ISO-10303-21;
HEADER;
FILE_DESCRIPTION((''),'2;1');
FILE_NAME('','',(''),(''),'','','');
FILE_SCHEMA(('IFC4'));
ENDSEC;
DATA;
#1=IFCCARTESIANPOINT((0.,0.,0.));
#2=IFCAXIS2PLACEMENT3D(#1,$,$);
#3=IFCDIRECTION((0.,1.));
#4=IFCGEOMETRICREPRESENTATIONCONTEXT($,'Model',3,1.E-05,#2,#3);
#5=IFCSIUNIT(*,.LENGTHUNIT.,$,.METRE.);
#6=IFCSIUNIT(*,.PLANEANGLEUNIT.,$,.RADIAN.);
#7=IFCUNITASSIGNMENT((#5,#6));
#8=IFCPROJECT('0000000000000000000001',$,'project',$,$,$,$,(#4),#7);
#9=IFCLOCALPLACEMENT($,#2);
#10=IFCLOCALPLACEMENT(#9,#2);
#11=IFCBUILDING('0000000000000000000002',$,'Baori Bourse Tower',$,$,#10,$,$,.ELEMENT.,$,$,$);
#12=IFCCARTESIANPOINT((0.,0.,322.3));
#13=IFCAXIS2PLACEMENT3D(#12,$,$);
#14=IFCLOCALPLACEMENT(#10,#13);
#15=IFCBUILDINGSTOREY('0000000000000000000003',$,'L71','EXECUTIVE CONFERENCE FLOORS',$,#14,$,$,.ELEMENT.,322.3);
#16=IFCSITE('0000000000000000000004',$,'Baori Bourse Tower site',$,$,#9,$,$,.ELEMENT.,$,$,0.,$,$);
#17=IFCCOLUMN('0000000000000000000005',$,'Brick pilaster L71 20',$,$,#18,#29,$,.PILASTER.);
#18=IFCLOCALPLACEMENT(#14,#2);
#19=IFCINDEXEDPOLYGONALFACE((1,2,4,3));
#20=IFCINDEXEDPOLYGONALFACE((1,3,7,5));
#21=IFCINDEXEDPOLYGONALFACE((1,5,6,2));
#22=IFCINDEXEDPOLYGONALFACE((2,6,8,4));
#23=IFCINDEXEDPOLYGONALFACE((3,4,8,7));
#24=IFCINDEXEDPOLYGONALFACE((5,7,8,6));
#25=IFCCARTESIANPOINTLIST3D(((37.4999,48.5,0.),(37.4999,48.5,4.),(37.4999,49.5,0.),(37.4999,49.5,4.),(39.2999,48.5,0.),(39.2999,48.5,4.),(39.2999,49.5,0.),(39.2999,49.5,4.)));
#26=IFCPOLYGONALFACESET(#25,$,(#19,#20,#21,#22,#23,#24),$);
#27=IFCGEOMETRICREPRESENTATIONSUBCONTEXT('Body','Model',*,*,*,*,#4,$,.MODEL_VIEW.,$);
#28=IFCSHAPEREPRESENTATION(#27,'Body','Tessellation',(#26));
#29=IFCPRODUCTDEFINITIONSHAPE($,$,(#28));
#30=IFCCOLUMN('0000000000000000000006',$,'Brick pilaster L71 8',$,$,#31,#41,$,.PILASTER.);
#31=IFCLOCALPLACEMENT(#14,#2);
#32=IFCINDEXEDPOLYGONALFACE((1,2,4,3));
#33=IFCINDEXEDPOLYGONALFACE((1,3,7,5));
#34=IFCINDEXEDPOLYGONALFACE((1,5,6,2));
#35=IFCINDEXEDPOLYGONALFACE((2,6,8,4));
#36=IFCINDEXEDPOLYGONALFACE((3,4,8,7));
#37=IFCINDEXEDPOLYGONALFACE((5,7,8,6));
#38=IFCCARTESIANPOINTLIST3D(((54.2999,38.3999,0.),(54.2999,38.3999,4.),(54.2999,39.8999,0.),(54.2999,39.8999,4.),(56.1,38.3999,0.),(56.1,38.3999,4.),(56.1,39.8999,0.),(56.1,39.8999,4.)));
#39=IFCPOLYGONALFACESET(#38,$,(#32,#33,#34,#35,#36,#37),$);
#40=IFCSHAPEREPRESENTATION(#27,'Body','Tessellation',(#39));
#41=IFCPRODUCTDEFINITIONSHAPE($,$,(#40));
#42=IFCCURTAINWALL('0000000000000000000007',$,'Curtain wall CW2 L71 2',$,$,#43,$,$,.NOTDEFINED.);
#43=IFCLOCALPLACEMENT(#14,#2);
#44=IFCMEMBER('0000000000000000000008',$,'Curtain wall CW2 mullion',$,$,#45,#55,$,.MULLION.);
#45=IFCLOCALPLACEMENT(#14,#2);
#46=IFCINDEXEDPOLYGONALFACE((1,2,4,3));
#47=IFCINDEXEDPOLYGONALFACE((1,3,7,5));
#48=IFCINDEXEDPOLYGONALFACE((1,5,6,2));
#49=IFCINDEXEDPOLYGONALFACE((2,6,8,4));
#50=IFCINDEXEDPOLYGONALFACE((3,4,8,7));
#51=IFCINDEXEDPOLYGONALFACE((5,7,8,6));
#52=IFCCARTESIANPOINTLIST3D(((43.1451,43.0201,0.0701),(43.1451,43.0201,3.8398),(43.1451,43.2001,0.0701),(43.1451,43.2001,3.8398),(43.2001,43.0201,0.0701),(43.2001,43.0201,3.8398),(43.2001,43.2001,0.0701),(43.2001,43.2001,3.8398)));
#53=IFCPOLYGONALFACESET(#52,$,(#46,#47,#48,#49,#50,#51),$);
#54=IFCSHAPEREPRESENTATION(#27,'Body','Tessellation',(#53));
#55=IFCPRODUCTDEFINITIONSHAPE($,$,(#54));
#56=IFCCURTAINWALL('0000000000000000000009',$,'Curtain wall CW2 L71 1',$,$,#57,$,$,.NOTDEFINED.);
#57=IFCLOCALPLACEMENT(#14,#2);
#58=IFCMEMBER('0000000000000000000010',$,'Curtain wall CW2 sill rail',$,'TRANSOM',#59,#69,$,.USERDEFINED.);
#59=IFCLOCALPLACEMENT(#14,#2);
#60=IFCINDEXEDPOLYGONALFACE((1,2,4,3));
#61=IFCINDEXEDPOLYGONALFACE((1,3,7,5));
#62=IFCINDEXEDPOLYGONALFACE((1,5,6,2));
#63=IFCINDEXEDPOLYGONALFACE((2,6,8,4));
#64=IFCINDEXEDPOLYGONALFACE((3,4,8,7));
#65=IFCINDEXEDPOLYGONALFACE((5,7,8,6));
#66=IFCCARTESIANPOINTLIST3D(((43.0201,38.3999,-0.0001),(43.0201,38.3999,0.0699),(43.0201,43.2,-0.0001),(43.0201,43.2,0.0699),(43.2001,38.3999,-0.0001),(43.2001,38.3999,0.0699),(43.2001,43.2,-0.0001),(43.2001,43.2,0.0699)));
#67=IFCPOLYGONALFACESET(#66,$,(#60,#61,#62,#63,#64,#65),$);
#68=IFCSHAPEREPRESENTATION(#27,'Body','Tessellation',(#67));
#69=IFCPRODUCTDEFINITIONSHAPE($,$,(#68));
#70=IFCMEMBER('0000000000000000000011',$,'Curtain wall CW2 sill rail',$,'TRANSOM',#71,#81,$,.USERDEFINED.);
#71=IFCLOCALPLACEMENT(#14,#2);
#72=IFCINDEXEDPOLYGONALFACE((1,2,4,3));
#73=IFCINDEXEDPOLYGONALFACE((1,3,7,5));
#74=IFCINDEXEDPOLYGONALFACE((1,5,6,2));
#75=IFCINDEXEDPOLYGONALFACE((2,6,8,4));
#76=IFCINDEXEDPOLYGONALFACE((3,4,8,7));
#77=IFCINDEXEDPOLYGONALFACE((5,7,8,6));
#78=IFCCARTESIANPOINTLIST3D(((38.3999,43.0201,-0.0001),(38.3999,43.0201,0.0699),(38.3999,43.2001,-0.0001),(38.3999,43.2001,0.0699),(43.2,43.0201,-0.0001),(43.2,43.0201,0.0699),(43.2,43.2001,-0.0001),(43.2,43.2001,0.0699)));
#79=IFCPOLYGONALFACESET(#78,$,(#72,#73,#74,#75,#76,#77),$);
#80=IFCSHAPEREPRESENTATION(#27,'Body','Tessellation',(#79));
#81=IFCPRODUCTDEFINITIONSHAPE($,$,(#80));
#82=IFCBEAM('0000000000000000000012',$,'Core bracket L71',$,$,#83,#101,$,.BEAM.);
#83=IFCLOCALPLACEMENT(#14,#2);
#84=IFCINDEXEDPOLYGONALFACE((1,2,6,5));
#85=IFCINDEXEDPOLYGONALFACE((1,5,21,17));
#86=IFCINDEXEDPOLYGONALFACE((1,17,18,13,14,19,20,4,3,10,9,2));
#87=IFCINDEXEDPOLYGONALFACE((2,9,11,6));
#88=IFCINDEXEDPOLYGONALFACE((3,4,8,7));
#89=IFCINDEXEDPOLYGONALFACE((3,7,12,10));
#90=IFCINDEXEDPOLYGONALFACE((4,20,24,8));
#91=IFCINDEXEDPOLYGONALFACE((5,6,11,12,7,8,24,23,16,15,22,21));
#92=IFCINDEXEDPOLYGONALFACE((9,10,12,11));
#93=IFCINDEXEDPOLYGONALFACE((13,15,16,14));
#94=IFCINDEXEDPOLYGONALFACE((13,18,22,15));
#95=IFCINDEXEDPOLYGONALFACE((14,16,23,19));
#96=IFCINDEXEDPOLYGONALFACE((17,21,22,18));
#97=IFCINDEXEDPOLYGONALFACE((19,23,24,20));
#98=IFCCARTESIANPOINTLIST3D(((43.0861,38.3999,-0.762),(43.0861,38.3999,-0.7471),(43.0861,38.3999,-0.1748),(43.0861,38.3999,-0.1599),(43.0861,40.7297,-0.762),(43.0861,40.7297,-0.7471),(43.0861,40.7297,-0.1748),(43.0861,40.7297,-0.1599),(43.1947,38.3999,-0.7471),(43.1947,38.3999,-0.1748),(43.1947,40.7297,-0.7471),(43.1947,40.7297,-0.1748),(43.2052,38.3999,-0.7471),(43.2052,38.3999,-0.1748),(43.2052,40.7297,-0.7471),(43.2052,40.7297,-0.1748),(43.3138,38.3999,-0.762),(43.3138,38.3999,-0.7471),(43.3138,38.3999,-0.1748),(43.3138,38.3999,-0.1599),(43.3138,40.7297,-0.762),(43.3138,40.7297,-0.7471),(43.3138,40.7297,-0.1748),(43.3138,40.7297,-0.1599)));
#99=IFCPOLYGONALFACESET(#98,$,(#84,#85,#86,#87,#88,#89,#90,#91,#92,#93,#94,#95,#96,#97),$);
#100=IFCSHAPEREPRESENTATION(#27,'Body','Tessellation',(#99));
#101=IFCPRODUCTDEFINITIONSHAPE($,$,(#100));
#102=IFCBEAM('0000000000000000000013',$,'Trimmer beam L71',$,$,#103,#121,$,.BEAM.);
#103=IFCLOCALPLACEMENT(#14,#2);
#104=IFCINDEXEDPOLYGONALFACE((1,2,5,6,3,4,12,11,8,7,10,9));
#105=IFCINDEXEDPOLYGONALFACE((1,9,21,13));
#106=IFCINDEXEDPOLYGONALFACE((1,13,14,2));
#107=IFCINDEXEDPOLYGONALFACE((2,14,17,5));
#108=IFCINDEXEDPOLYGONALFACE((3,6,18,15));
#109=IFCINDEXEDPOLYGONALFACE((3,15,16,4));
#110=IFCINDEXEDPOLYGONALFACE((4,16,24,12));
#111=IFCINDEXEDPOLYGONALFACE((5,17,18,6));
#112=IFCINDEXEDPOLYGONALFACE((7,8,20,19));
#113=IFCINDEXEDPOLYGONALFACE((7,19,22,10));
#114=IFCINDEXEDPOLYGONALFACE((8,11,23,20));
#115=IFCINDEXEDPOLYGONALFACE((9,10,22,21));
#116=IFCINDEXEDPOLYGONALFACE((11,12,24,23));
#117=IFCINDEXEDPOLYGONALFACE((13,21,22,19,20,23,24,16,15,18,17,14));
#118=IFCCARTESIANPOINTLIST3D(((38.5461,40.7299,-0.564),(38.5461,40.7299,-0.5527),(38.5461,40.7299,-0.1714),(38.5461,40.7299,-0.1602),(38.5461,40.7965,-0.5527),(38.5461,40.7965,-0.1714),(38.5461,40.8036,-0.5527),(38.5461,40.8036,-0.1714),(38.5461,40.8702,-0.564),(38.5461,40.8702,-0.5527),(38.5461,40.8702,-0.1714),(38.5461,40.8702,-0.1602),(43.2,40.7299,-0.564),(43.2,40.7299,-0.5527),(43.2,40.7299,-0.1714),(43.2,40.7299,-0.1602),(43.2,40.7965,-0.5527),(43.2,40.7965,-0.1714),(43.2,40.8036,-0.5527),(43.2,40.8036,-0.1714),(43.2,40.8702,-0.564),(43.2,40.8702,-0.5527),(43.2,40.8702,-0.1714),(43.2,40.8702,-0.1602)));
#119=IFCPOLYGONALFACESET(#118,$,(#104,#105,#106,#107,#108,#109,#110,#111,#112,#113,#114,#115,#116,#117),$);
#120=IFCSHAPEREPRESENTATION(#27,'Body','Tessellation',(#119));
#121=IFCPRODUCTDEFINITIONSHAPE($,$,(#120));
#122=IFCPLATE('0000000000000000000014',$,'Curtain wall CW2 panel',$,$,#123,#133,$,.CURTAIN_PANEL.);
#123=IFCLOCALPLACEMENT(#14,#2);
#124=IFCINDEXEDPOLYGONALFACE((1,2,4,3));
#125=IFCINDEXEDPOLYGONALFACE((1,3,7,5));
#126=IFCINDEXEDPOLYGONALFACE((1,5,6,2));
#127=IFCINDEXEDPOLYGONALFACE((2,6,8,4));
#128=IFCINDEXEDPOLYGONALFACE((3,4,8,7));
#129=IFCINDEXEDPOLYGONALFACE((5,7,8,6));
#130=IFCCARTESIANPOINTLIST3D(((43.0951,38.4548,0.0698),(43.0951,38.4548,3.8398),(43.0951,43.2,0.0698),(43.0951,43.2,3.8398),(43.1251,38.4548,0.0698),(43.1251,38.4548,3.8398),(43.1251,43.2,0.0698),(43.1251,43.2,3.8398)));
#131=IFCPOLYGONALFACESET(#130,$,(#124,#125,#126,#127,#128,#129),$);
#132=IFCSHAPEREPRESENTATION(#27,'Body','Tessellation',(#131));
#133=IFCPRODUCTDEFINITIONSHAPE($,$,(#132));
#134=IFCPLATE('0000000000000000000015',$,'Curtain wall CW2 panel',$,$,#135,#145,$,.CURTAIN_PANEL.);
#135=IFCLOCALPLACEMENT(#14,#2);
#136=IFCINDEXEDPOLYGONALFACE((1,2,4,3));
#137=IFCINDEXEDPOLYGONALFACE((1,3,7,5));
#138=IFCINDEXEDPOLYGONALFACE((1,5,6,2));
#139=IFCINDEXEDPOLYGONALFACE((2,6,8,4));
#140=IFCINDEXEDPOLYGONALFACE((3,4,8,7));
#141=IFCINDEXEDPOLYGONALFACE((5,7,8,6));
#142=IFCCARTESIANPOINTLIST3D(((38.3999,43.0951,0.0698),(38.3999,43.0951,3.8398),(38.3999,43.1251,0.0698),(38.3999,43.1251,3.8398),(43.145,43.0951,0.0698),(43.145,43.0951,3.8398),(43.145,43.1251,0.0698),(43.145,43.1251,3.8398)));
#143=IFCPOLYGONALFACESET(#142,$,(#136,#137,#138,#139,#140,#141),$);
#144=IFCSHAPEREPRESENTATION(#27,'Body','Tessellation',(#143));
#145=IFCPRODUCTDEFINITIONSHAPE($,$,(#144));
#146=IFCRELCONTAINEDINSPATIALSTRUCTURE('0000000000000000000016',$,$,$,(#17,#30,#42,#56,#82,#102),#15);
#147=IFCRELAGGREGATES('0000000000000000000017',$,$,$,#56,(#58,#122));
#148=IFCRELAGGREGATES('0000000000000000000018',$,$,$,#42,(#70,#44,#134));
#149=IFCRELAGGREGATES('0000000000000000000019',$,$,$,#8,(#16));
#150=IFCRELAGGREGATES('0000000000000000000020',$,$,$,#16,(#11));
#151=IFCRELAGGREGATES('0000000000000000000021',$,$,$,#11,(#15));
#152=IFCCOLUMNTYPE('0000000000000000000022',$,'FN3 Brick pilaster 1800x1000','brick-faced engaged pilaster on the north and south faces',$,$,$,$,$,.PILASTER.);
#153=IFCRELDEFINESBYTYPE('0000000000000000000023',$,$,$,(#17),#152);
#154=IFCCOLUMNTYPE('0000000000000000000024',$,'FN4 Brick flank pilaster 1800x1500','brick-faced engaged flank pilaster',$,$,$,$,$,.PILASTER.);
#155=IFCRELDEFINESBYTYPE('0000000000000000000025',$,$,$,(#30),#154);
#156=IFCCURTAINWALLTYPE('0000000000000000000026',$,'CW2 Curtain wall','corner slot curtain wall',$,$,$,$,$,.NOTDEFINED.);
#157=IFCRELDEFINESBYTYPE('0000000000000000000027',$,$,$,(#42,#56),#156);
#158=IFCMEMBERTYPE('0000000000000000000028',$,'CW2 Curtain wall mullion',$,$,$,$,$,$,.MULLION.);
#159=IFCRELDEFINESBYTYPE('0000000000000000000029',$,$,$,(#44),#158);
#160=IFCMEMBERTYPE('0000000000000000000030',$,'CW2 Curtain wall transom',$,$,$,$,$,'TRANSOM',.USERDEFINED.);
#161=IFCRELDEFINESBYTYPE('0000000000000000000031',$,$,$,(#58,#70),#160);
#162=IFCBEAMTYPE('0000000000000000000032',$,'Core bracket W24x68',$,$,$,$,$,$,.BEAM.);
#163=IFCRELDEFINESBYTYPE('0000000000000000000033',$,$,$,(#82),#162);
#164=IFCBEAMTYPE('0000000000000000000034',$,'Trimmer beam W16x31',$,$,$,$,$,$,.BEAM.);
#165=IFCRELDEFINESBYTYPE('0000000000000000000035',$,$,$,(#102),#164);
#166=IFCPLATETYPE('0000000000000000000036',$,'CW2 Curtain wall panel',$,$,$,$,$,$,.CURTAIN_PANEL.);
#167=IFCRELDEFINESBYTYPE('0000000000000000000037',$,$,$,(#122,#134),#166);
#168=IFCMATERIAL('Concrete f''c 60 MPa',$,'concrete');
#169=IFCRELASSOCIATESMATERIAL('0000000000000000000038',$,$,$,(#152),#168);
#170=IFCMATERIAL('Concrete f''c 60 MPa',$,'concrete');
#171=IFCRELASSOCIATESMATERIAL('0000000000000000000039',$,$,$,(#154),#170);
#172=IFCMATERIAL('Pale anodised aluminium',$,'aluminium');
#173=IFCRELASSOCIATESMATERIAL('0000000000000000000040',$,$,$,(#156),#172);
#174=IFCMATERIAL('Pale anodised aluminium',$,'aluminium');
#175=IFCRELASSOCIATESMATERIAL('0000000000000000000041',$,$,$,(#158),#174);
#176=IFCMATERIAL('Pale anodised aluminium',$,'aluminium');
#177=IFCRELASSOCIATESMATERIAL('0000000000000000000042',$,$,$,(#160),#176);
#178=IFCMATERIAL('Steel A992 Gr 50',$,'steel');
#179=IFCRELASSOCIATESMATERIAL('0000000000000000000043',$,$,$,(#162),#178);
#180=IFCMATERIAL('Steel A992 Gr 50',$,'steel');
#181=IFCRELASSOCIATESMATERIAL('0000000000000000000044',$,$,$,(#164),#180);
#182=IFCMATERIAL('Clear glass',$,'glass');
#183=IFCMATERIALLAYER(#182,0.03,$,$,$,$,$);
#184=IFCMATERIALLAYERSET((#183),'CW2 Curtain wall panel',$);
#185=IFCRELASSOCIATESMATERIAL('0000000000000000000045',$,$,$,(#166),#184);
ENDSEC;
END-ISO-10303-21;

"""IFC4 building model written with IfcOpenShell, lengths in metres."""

from ifc_helpers import new_model, si_unit, direction, frame, origin, origin_2d, place, context, subcontext, project, spatial, rectangle, i_section, extrude, material, layer, layer_set, material_profile, profile_set, type_object, element, aggregate, save


model = new_model("IFC4")

# Units and contexts
model_context = context("Model", 3, precision=1e-05, world=origin(), true_north=direction((0.0, 1.0)))
body_context = subcontext(model_context, "Body", "Model", "MODEL_VIEW")
ifc_project = project(units=[si_unit("LENGTHUNIT", "METRE"), si_unit("PLANEANGLEUNIT", "RADIAN")], contexts=[model_context])

# Site, building, storey
site_placement = place(None, origin())
site = spatial("IfcSite", under=ifc_project, at=site_placement, Name="Baori Bourse Tower site", CompositionType="ELEMENT", RefElevation=0.0)
building_placement = place(site_placement, origin())
building = spatial("IfcBuilding", under=site, at=building_placement, Name="Baori Bourse Tower", CompositionType="ELEMENT")
storey_placement = place(building_placement, frame((0.0, 0.0, 322.3)))
storey = spatial("IfcBuildingStorey", under=building, at=storey_placement, Name="L71", Description="EXECUTIVE CONFERENCE FLOORS", CompositionType="ELEMENT", Elevation=322.3)

# Columns
ifc_material_1 = material(Name="Concrete f'c 60 MPa", Category="concrete")
ifc_material_profile_1 = material_profile(ifc_material_1, rectangle(XDim=1.8, YDim=1.0, at=origin_2d()), Name="RC 1800x1000")
ifc_profile_set_1 = profile_set([ifc_material_profile_1], Name="Concrete f'c 60 MPa")
column_type_1 = type_object("IfcColumnType", Name="FN3 Brick pilaster 1800x1000", Description="brick-faced engaged pilaster on the north and south faces", PredefinedType="PILASTER", material=ifc_profile_set_1)
column_1_placement = place(storey_placement, frame((38.3999, 49.0, 0.0), z_axis=(0.0, 0.0, 1.0), x_axis=(1.0, 0.0, 0.0)))
element("IfcColumn", 1, at=column_1_placement, inside=storey, type_object=column_type_1, Name="Brick pilaster L71 20", PredefinedType="PILASTER", context=body_context, shape_type="SweptSolid", body=[
    extrude(rectangle(XDim=1.8, YDim=1.0, at=origin_2d()), origin(), (0.0, 0.0, 1.0), 4.0),
])
ifc_material_2 = material(Name="Concrete f'c 60 MPa", Category="concrete")
ifc_material_profile_2 = material_profile(ifc_material_2, rectangle(XDim=1.8, YDim=1.5, at=origin_2d()), Name="RC 1800x1500")
ifc_profile_set_2 = profile_set([ifc_material_profile_2], Name="Concrete f'c 60 MPa")
column_type_2 = type_object("IfcColumnType", Name="FN4 Brick flank pilaster 1800x1500", Description="brick-faced engaged flank pilaster", PredefinedType="PILASTER", material=ifc_profile_set_2)
column_2_placement = place(storey_placement, frame((55.2, 39.1499, 0.0), z_axis=(0.0, 0.0, 1.0), x_axis=(1.0, 0.0, 0.0)))
element("IfcColumn", 2, at=column_2_placement, inside=storey, type_object=column_type_2, Name="Brick pilaster L71 8", PredefinedType="PILASTER", context=body_context, shape_type="SweptSolid", body=[
    extrude(rectangle(XDim=1.8, YDim=1.5, at=origin_2d()), origin(), (0.0, 0.0, 1.0), 4.0),
])

# Curtain walls, members
ifc_material_3 = material(Name="Pale anodised aluminium", Category="aluminium")
curtain_wall_type = type_object("IfcCurtainWallType", Name="CW2 Curtain wall", Description="corner slot curtain wall", PredefinedType="NOTDEFINED", material=ifc_material_3)
curtain_wall_1_placement = place(storey_placement, origin())
curtain_wall_1 = element("IfcCurtainWall", 3, at=curtain_wall_1_placement, inside=storey, type_object=curtain_wall_type, Name="Curtain wall CW2 L71 2", PredefinedType="NOTDEFINED")
ifc_material_4 = material(Name="Pale anodised aluminium", Category="aluminium")
ifc_material_profile_3 = material_profile(ifc_material_4, rectangle(XDim=0.1799, YDim=0.0549, at=origin_2d()), Name="Mullion 55x180")
ifc_profile_set_3 = profile_set([ifc_material_profile_3], Name="Pale anodised aluminium")
member_type_1 = type_object("IfcMemberType", Name="CW2 Curtain wall mullion", PredefinedType="MULLION", material=ifc_profile_set_3)
member_1_placement = place(storey_placement, frame((43.1726, 43.1101, 0.0701), z_axis=(0.0, 0.0, 1.0), x_axis=(0.0, -1.0, 0.0)))
member_1 = element("IfcMember", 4, at=member_1_placement, type_object=member_type_1, Name="Curtain wall CW2 mullion", PredefinedType="MULLION", context=body_context, shape_type="SweptSolid", body=[
    extrude(rectangle(XDim=0.1799, YDim=0.0549, at=origin_2d()), origin(), (0.0, 0.0, 1.0), 3.7698),
])
curtain_wall_2_placement = place(storey_placement, origin())
curtain_wall_2 = element("IfcCurtainWall", 5, at=curtain_wall_2_placement, inside=storey, type_object=curtain_wall_type, Name="Curtain wall CW2 L71 1", PredefinedType="NOTDEFINED")
ifc_material_5 = material(Name="Pale anodised aluminium", Category="aluminium")
ifc_material_profile_4 = material_profile(ifc_material_5, rectangle(XDim=0.1799, YDim=0.0701, at=origin_2d()), Name="Transom 70x180")
ifc_profile_set_4 = profile_set([ifc_material_profile_4], Name="Pale anodised aluminium")
member_type_2 = type_object("IfcMemberType", Name="CW2 Curtain wall transom", ElementType="TRANSOM", PredefinedType="USERDEFINED", material=ifc_profile_set_4)
member_2_placement = place(storey_placement, frame((43.1101, 38.3999, 0.0349), z_axis=(0.0, 1.0, 0.0), x_axis=(-1.0, 0.0, 0.0)))
member_2 = element("IfcMember", 6, at=member_2_placement, type_object=member_type_2, Name="Curtain wall CW2 sill rail", ObjectType="TRANSOM", PredefinedType="USERDEFINED", context=body_context, shape_type="SweptSolid", body=[
    extrude(rectangle(XDim=0.1799, YDim=0.0701, at=origin_2d()), origin(), (0.0, 0.0, 1.0), 4.8),
])

# Member
member_3_placement = place(storey_placement, frame((43.2, 43.1101, 0.0349), z_axis=(-1.0, 0.0, 0.0), x_axis=(0.0, -1.0, 0.0)))
member_3 = element("IfcMember", 7, at=member_3_placement, type_object=member_type_2, Name="Curtain wall CW2 sill rail", ObjectType="TRANSOM", PredefinedType="USERDEFINED", context=body_context, shape_type="SweptSolid", body=[
    extrude(rectangle(XDim=0.1799, YDim=0.0701, at=origin_2d()), origin(), (0.0, 0.0, 1.0), 4.8),
])

# Beams
ifc_material_6 = material(Name="Steel A992 Gr 50", Category="steel")
ifc_material_profile_5 = material_profile(ifc_material_6, i_section(OverallWidth=0.2278, OverallDepth=0.6021, WebThickness=0.0105, FlangeThickness=0.0149, at=origin_2d()), Name="W24x68")
ifc_profile_set_5 = profile_set([ifc_material_profile_5], Name="Steel A992 Gr 50")
beam_type_1 = type_object("IfcBeamType", Name="Core bracket W24x68", PredefinedType="BEAM", material=ifc_profile_set_5)
beam_1_placement = place(storey_placement, frame((43.2, 38.3999, -0.4609), z_axis=(0.0, 1.0, 0.0), x_axis=(-1.0, 0.0, 0.0)))
element("IfcBeam", 8, at=beam_1_placement, inside=storey, type_object=beam_type_1, Name="Core bracket L71", PredefinedType="BEAM", context=body_context, shape_type="SweptSolid", body=[
    extrude(i_section(OverallWidth=0.2278, OverallDepth=0.6021, WebThickness=0.0105, FlangeThickness=0.0149, at=origin_2d()), origin(), (0.0, 0.0, 1.0), 2.3298),
])
ifc_material_7 = material(Name="Steel A992 Gr 50", Category="steel")
ifc_material_profile_6 = material_profile(ifc_material_7, i_section(OverallWidth=0.1404, OverallDepth=0.4038, WebThickness=0.0071, FlangeThickness=0.0112, at=origin_2d()), Name="W16x31")
ifc_profile_set_6 = profile_set([ifc_material_profile_6], Name="Steel A992 Gr 50")
beam_type_2 = type_object("IfcBeamType", Name="Trimmer beam W16x31", PredefinedType="BEAM", material=ifc_profile_set_6)
beam_2_placement = place(storey_placement, frame((38.5461, 40.8, -0.3621), z_axis=(1.0, 0.0, 0.0), x_axis=(0.0, 1.0, 0.0)))
element("IfcBeam", 9, at=beam_2_placement, inside=storey, type_object=beam_type_2, Name="Trimmer beam L71", PredefinedType="BEAM", context=body_context, shape_type="SweptSolid", body=[
    extrude(i_section(OverallWidth=0.1404, OverallDepth=0.4038, WebThickness=0.0071, FlangeThickness=0.0112, at=origin_2d()), origin(), (0.0, 0.0, 1.0), 4.6538),
])

# Plates
ifc_material_8 = material(Name="Clear glass", Category="glass")
ifc_layer_1 = layer(ifc_material_8, 0.03)
ifc_layer_set_1 = layer_set([ifc_layer_1], Name="CW2 Curtain wall panel")
plate_type = type_object("IfcPlateType", Name="CW2 Curtain wall panel", PredefinedType="CURTAIN_PANEL", material=ifc_layer_set_1)
plate_1_placement = place(storey_placement, frame((43.1101, 40.8274, 0.0698), z_axis=(0.0, 0.0, 1.0), x_axis=(0.0, 1.0, 0.0)))
plate_1 = element("IfcPlate", 10, at=plate_1_placement, type_object=plate_type, Name="Curtain wall CW2 panel", PredefinedType="CURTAIN_PANEL", context=body_context, shape_type="SweptSolid", body=[
    extrude(rectangle(XDim=4.7451, YDim=0.03, at=origin_2d()), origin(), (0.0, 0.0, 1.0), 3.77),
])
aggregate(curtain_wall_2, [member_2, plate_1])
plate_2_placement = place(storey_placement, frame((40.7725, 43.1101, 0.0698), z_axis=(0.0, 0.0, 1.0), x_axis=(-1.0, 0.0, 0.0)))
plate_2 = element("IfcPlate", 11, at=plate_2_placement, type_object=plate_type, Name="Curtain wall CW2 panel", PredefinedType="CURTAIN_PANEL", context=body_context, shape_type="SweptSolid", body=[
    extrude(rectangle(XDim=4.7451, YDim=0.03, at=origin_2d()), origin(), (0.0, 0.0, 1.0), 3.77),
])
aggregate(curtain_wall_1, [member_3, member_1, plate_2])

save(model, "model.ifc")
